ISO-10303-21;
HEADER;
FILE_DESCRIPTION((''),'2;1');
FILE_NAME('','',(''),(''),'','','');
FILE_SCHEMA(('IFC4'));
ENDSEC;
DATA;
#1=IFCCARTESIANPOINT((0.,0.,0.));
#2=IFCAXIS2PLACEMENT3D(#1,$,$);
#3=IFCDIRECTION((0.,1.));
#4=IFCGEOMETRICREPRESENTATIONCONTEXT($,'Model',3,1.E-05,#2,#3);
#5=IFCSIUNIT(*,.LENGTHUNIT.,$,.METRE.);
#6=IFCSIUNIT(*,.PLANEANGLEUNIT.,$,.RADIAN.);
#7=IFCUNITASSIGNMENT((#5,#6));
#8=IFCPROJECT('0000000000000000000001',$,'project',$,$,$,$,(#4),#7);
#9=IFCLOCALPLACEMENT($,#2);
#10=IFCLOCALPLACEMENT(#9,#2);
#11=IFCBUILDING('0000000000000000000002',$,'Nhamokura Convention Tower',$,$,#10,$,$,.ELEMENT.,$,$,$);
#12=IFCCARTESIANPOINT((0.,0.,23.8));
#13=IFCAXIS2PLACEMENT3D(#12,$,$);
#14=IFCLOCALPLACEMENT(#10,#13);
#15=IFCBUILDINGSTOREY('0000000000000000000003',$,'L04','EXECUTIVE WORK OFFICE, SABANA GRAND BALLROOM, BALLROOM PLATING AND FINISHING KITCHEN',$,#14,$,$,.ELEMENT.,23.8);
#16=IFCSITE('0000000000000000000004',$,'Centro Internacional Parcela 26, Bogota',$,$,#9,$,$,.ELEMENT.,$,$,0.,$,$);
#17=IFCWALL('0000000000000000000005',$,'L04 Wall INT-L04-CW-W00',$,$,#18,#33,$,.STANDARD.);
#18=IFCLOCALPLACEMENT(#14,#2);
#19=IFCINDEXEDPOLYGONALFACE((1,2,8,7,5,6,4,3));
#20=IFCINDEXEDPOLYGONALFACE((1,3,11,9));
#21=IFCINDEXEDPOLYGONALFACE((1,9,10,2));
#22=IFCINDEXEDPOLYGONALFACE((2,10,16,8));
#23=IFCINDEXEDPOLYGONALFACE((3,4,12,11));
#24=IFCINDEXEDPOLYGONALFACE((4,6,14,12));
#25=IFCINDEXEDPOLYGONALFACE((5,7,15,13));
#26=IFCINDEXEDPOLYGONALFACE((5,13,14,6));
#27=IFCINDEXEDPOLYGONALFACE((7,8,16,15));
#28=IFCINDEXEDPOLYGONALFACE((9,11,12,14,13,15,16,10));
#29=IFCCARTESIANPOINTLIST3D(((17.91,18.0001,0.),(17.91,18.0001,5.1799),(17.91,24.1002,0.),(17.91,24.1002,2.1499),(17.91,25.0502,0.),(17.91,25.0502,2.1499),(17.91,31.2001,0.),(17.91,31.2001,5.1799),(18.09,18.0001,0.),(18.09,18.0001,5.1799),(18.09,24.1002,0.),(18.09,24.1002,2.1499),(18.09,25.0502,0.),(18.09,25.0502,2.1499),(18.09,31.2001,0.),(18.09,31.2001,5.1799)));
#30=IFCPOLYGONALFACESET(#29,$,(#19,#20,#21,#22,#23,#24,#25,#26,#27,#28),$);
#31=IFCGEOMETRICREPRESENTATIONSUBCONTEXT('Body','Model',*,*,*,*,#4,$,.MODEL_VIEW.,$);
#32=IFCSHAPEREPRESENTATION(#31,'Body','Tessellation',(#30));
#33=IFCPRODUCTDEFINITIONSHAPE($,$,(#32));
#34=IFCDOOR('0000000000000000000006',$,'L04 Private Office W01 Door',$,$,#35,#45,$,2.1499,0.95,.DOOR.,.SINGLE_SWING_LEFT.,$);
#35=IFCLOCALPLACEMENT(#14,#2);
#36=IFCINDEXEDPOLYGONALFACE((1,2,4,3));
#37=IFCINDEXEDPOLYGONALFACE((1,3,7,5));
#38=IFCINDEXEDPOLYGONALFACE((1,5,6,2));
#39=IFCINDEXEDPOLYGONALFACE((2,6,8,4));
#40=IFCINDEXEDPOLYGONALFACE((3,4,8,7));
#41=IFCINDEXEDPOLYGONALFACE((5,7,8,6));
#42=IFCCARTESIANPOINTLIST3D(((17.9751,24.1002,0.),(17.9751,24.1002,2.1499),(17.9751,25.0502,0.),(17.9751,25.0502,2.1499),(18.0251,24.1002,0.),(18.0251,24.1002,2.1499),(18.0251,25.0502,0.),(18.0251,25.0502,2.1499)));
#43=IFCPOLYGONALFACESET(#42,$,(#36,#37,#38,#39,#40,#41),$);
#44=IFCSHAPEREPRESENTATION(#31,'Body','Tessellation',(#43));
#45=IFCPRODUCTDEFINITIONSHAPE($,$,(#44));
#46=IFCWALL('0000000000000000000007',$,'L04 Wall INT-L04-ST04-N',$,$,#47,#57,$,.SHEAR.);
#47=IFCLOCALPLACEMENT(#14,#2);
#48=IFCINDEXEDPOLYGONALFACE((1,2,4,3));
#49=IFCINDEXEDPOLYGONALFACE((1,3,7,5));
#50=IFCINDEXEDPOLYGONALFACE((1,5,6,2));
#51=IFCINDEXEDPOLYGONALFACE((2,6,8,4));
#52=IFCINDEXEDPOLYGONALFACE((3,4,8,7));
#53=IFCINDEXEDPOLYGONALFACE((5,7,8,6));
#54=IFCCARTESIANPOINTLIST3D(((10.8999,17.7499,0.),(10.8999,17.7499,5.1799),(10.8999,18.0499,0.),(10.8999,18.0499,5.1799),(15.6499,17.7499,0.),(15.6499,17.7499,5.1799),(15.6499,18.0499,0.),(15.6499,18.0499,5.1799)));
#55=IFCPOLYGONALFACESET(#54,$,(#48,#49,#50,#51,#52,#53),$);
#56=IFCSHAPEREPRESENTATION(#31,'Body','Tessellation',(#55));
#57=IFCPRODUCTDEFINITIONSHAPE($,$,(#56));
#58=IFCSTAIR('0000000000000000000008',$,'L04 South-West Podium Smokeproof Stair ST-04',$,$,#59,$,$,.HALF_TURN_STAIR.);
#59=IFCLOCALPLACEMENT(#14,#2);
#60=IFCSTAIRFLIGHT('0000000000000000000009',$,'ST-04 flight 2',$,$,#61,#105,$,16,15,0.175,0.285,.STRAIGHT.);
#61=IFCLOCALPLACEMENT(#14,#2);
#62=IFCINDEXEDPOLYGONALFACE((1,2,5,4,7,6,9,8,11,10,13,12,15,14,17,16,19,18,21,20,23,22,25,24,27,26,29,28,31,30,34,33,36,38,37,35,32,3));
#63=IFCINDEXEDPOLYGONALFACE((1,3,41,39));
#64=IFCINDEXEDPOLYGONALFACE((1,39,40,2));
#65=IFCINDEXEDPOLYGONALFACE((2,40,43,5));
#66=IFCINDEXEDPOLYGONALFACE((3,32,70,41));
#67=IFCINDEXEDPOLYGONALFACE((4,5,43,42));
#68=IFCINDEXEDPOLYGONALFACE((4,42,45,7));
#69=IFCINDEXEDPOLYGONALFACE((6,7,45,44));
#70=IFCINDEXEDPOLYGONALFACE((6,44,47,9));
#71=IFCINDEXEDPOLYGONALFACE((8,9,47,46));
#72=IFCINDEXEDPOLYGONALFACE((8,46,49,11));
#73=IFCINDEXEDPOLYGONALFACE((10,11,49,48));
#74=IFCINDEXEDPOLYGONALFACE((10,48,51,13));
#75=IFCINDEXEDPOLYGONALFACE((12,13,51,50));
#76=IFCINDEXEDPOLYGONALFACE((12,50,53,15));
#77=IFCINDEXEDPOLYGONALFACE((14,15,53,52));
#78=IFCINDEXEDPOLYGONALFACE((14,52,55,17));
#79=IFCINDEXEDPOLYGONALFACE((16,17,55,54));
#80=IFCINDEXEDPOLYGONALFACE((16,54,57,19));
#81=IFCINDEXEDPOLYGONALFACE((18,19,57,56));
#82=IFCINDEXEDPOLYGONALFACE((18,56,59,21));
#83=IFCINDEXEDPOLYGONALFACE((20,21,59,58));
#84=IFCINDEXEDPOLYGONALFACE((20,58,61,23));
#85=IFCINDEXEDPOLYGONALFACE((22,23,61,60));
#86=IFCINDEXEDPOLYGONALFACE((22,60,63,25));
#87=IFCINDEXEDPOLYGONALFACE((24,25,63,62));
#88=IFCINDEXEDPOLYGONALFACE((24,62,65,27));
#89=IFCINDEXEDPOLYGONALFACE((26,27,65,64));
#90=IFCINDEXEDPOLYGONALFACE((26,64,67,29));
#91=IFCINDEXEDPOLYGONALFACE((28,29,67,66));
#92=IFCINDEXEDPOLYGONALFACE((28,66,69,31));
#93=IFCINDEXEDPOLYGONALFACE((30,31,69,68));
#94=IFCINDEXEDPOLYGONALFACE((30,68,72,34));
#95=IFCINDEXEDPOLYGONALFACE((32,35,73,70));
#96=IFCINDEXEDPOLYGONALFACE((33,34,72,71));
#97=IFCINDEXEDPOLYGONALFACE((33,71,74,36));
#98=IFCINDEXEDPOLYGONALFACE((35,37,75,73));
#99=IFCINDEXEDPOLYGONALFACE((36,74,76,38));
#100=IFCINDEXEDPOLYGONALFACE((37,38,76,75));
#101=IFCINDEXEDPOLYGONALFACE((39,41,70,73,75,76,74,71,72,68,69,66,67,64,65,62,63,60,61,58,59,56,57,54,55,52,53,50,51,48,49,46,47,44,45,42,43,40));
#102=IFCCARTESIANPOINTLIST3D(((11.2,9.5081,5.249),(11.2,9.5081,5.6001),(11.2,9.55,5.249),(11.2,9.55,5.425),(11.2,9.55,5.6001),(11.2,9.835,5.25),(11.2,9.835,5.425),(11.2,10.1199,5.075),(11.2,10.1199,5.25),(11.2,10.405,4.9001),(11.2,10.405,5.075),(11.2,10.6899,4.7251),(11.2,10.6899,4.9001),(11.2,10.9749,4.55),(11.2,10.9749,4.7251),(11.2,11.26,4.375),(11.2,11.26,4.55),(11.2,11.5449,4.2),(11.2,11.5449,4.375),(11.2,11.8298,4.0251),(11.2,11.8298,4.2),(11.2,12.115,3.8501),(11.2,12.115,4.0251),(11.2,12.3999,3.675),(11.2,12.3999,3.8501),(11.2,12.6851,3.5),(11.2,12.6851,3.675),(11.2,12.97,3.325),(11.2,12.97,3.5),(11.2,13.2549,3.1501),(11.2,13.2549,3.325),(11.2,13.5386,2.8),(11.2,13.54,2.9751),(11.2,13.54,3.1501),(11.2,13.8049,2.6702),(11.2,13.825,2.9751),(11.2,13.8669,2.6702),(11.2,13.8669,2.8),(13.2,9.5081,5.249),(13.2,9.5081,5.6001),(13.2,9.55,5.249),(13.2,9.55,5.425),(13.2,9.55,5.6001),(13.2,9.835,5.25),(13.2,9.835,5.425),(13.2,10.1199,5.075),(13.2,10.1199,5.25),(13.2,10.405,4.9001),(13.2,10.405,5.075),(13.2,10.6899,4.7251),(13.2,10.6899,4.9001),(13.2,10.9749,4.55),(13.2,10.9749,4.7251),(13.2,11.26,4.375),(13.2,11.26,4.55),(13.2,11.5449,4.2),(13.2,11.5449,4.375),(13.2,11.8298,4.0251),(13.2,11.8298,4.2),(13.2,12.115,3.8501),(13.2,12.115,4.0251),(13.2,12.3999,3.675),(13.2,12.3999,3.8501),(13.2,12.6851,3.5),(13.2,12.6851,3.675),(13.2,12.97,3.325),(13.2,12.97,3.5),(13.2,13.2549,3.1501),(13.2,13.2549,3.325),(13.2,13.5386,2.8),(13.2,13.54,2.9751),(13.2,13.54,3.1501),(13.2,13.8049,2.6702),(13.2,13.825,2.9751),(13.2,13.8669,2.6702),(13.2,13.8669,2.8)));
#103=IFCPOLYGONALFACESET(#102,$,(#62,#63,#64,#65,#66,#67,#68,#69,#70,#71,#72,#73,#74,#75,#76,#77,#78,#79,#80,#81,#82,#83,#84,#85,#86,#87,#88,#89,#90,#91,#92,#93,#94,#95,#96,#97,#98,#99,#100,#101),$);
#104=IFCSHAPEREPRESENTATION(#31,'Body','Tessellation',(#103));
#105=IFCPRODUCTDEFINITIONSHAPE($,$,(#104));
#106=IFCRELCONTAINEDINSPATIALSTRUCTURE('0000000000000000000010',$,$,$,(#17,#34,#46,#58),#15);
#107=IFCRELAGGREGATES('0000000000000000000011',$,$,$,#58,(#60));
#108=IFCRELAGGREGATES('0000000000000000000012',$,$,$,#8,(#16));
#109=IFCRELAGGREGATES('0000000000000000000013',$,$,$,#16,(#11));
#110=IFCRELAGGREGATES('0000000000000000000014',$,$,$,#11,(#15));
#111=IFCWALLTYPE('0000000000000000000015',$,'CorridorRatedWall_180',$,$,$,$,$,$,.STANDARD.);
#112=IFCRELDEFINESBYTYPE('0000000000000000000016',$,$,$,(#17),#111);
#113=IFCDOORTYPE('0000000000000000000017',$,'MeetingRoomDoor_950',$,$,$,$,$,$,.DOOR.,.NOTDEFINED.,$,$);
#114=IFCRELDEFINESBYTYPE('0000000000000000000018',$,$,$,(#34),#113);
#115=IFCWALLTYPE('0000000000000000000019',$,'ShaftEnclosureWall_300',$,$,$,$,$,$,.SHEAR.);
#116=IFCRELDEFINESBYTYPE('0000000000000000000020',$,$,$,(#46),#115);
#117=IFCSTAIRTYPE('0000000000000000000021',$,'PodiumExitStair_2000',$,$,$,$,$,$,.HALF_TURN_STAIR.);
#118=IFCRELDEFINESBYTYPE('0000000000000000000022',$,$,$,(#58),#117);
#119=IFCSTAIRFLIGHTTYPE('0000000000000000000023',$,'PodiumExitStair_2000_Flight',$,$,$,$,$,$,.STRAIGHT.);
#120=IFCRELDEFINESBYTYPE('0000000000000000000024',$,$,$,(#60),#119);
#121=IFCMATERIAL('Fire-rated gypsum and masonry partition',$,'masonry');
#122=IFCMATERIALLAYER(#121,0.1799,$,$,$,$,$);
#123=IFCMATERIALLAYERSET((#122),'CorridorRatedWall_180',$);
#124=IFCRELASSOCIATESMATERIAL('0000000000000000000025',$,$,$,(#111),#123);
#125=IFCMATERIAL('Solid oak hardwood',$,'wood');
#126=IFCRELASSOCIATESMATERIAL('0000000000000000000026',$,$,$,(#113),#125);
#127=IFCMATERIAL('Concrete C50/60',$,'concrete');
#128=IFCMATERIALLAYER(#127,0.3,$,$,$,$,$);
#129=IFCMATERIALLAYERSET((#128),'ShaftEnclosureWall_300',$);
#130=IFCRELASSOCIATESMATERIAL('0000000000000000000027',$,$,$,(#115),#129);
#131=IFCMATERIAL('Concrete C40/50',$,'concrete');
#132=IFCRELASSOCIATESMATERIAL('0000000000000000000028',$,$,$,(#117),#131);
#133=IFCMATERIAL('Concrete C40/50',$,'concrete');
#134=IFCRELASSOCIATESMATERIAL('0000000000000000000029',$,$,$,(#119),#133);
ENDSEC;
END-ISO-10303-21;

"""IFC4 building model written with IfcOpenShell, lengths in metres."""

from ifc_helpers import new_model, si_unit, direction, frame, frame_2d, origin, place, context, subcontext, project, spatial, polyline, rectangle, outline, extrude, material, layer, layer_set, type_object, element, fill, aggregate, save


model = new_model("IFC4")

# Units and contexts
model_context = context("Model", 3, precision=1e-05, world=origin(), true_north=direction((0.0, 1.0)))
body_context = subcontext(model_context, "Body", "Model", "MODEL_VIEW")
ifc_project = project(units=[si_unit("LENGTHUNIT", "METRE"), si_unit("PLANEANGLEUNIT", "RADIAN")], contexts=[model_context])

# Site, building, storey
site_placement = place(None, origin())
site = spatial("IfcSite", under=ifc_project, at=site_placement, Name="Centro Internacional Parcela 26, Bogota", CompositionType="ELEMENT", RefElevation=0.0)
building_placement = place(site_placement, origin())
building = spatial("IfcBuilding", under=site, at=building_placement, Name="Nhamokura Convention Tower", CompositionType="ELEMENT")
storey_placement = place(building_placement, frame((0.0, 0.0, 23.8)))
storey = spatial("IfcBuildingStorey", under=building, at=storey_placement, Name="L04", Description="EXECUTIVE WORK OFFICE, SABANA GRAND BALLROOM, BALLROOM PLATING AND FINISHING KITCHEN", CompositionType="ELEMENT", Elevation=23.8)

# Wall, opening, door
ifc_material_1 = material(Name="Fire-rated gypsum and masonry partition", Category="masonry")
ifc_layer_1 = layer(ifc_material_1, 0.1799)
ifc_layer_set_1 = layer_set([ifc_layer_1], Name="CorridorRatedWall_180")
wall_type_1 = type_object("IfcWallType", Name="CorridorRatedWall_180", PredefinedType="STANDARD", material=ifc_layer_set_1)
wall_1_placement = place(storey_placement, frame((18.0, 18.0, 0.0), z_axis=(0.0, 0.0, 1.0), x_axis=(0.0, 1.0, 0.0)))
wall_1 = element("IfcWall", 1, at=wall_1_placement, inside=storey, type_object=wall_type_1, Name="L04 Wall INT-L04-CW-W00", PredefinedType="STANDARD", context=body_context, shape_type="SweptSolid", body=[
    extrude(rectangle(XDim=13.2, YDim=0.1799, at=frame_2d((6.6001, 0.0))), origin(), (0.0, 0.0, 1.0), 5.1799),
])
opening_1_placement = place(wall_1_placement, frame((6.1001, 0.0, 0.0)))
opening_1 = element("IfcOpeningElement", 2, at=opening_1_placement, cuts=wall_1, PredefinedType="OPENING", context=body_context, shape_type="SweptSolid", body=[
    extrude(rectangle(XDim=0.95, YDim=2.1499, at=frame_2d((0.4751, 1.075))), frame((0.0, 0.0999, 0.0), z_axis=(0.0, -1.0, 0.0), x_axis=(1.0, 0.0, 0.0)), (0.0, 0.0, 1.0), 0.2),
])
ifc_material_2 = material(Name="Solid oak hardwood", Category="wood")
door_type_1 = type_object("IfcDoorType", Name="MeetingRoomDoor_950", OperationType="NOTDEFINED", PredefinedType="DOOR", material=ifc_material_2)
door_1_placement = place(opening_1_placement, origin())
door_1 = element("IfcDoor", 3, at=door_1_placement, inside=storey, type_object=door_type_1, Name="L04 Private Office W01 Door", OperationType="SINGLE_SWING_LEFT", OverallHeight=2.1499, OverallWidth=0.95, PredefinedType="DOOR", context=body_context, shape_type="SweptSolid", body=[
    extrude(rectangle(XDim=0.95, YDim=2.1499, at=frame_2d((0.4751, 1.075))), frame((0.0, 0.0249, 0.0), z_axis=(0.0, -1.0, 0.0), x_axis=(1.0, 0.0, 0.0)), (0.0, 0.0, 1.0), 0.05),
])
fill(opening_1, door_1)

# Wall
ifc_material_3 = material(Name="Concrete C50/60", Category="concrete")
ifc_layer_2 = layer(ifc_material_3, 0.3)
ifc_layer_set_2 = layer_set([ifc_layer_2], Name="ShaftEnclosureWall_300")
wall_type_2 = type_object("IfcWallType", Name="ShaftEnclosureWall_300", PredefinedType="SHEAR", material=ifc_layer_set_2)
wall_2_placement = place(storey_placement, frame((10.8999, 17.8999, 0.0), z_axis=(0.0, 0.0, 1.0), x_axis=(1.0, 0.0, 0.0)))
element("IfcWall", 4, at=wall_2_placement, inside=storey, type_object=wall_type_2, Name="L04 Wall INT-L04-ST04-N", PredefinedType="SHEAR", context=body_context, shape_type="SweptSolid", body=[
    extrude(rectangle(XDim=4.75, YDim=0.3, at=frame_2d((2.375, 0.0))), origin(), (0.0, 0.0, 1.0), 5.1799),
])

# Stair, stair flight
ifc_material_4 = material(Name="Concrete C40/50", Category="concrete")
stair_type = type_object("IfcStairType", Name="PodiumExitStair_2000", PredefinedType="HALF_TURN_STAIR", material=ifc_material_4)
stair_placement = place(storey_placement, origin())
stair = element("IfcStair", 5, at=stair_placement, inside=storey, type_object=stair_type, Name="L04 South-West Podium Smokeproof Stair ST-04", PredefinedType="HALF_TURN_STAIR")
ifc_material_5 = material(Name="Concrete C40/50", Category="concrete")
stair_flight_type = type_object("IfcStairFlightType", Name="PodiumExitStair_2000_Flight", PredefinedType="STRAIGHT", material=ifc_material_5)
stair_flight_placement = place(storey_placement, frame((12.2, 13.825, 2.8), z_axis=(0.0, 0.0, 1.0), x_axis=(0.0, -1.0, 0.0)))
stair_flight = element("IfcStairFlight", 6, at=stair_flight_placement, type_object=stair_flight_type, Name="ST-04 flight 2", NumberOfRisers=16, NumberOfTreads=15, PredefinedType="STRAIGHT", RiserHeight=0.175, TreadLength=0.285, context=body_context, shape_type="SweptSolid", body=[
    extrude(outline(polyline([(-0.042, 0.0), (0.0, 0.175), (0.2849, 0.175), (0.2849, 0.3501), (0.5701, 0.3501), (0.5701, 0.5249), (0.855, 0.5249), (0.855, 0.7), (1.1399, 0.7), (1.1399, 0.875), (1.425, 0.875), (1.425, 1.05), (1.71, 1.05), (1.71, 1.2251), (1.9951, 1.2251), (1.9951, 1.3999), (2.28, 1.3999), (2.28, 1.575), (2.5649, 1.575), (2.5649, 1.75), (2.8501, 1.75), (2.8501, 1.925), (3.135, 1.925), (3.135, 2.1001), (3.4199, 2.1001), (3.4199, 2.2749), (3.7051, 2.2749), (3.7051, 2.45), (3.99, 2.45), (3.99, 2.625), (4.2749, 2.625), (4.2749, 2.8), (4.3169, 2.8), (4.3169, 2.449), (4.2749, 2.449), (0.2864, 0.0), (0.02, -0.1299), (-0.042, -0.1299), (-0.042, 0.0)])), frame((0.0, 1.0, 0.0), z_axis=(0.0, -1.0, 0.0), x_axis=(1.0, 0.0, 0.0)), (0.0, 0.0, 1.0), 2.0),
])
aggregate(stair, [stair_flight])

save(model, "model.ifc")
